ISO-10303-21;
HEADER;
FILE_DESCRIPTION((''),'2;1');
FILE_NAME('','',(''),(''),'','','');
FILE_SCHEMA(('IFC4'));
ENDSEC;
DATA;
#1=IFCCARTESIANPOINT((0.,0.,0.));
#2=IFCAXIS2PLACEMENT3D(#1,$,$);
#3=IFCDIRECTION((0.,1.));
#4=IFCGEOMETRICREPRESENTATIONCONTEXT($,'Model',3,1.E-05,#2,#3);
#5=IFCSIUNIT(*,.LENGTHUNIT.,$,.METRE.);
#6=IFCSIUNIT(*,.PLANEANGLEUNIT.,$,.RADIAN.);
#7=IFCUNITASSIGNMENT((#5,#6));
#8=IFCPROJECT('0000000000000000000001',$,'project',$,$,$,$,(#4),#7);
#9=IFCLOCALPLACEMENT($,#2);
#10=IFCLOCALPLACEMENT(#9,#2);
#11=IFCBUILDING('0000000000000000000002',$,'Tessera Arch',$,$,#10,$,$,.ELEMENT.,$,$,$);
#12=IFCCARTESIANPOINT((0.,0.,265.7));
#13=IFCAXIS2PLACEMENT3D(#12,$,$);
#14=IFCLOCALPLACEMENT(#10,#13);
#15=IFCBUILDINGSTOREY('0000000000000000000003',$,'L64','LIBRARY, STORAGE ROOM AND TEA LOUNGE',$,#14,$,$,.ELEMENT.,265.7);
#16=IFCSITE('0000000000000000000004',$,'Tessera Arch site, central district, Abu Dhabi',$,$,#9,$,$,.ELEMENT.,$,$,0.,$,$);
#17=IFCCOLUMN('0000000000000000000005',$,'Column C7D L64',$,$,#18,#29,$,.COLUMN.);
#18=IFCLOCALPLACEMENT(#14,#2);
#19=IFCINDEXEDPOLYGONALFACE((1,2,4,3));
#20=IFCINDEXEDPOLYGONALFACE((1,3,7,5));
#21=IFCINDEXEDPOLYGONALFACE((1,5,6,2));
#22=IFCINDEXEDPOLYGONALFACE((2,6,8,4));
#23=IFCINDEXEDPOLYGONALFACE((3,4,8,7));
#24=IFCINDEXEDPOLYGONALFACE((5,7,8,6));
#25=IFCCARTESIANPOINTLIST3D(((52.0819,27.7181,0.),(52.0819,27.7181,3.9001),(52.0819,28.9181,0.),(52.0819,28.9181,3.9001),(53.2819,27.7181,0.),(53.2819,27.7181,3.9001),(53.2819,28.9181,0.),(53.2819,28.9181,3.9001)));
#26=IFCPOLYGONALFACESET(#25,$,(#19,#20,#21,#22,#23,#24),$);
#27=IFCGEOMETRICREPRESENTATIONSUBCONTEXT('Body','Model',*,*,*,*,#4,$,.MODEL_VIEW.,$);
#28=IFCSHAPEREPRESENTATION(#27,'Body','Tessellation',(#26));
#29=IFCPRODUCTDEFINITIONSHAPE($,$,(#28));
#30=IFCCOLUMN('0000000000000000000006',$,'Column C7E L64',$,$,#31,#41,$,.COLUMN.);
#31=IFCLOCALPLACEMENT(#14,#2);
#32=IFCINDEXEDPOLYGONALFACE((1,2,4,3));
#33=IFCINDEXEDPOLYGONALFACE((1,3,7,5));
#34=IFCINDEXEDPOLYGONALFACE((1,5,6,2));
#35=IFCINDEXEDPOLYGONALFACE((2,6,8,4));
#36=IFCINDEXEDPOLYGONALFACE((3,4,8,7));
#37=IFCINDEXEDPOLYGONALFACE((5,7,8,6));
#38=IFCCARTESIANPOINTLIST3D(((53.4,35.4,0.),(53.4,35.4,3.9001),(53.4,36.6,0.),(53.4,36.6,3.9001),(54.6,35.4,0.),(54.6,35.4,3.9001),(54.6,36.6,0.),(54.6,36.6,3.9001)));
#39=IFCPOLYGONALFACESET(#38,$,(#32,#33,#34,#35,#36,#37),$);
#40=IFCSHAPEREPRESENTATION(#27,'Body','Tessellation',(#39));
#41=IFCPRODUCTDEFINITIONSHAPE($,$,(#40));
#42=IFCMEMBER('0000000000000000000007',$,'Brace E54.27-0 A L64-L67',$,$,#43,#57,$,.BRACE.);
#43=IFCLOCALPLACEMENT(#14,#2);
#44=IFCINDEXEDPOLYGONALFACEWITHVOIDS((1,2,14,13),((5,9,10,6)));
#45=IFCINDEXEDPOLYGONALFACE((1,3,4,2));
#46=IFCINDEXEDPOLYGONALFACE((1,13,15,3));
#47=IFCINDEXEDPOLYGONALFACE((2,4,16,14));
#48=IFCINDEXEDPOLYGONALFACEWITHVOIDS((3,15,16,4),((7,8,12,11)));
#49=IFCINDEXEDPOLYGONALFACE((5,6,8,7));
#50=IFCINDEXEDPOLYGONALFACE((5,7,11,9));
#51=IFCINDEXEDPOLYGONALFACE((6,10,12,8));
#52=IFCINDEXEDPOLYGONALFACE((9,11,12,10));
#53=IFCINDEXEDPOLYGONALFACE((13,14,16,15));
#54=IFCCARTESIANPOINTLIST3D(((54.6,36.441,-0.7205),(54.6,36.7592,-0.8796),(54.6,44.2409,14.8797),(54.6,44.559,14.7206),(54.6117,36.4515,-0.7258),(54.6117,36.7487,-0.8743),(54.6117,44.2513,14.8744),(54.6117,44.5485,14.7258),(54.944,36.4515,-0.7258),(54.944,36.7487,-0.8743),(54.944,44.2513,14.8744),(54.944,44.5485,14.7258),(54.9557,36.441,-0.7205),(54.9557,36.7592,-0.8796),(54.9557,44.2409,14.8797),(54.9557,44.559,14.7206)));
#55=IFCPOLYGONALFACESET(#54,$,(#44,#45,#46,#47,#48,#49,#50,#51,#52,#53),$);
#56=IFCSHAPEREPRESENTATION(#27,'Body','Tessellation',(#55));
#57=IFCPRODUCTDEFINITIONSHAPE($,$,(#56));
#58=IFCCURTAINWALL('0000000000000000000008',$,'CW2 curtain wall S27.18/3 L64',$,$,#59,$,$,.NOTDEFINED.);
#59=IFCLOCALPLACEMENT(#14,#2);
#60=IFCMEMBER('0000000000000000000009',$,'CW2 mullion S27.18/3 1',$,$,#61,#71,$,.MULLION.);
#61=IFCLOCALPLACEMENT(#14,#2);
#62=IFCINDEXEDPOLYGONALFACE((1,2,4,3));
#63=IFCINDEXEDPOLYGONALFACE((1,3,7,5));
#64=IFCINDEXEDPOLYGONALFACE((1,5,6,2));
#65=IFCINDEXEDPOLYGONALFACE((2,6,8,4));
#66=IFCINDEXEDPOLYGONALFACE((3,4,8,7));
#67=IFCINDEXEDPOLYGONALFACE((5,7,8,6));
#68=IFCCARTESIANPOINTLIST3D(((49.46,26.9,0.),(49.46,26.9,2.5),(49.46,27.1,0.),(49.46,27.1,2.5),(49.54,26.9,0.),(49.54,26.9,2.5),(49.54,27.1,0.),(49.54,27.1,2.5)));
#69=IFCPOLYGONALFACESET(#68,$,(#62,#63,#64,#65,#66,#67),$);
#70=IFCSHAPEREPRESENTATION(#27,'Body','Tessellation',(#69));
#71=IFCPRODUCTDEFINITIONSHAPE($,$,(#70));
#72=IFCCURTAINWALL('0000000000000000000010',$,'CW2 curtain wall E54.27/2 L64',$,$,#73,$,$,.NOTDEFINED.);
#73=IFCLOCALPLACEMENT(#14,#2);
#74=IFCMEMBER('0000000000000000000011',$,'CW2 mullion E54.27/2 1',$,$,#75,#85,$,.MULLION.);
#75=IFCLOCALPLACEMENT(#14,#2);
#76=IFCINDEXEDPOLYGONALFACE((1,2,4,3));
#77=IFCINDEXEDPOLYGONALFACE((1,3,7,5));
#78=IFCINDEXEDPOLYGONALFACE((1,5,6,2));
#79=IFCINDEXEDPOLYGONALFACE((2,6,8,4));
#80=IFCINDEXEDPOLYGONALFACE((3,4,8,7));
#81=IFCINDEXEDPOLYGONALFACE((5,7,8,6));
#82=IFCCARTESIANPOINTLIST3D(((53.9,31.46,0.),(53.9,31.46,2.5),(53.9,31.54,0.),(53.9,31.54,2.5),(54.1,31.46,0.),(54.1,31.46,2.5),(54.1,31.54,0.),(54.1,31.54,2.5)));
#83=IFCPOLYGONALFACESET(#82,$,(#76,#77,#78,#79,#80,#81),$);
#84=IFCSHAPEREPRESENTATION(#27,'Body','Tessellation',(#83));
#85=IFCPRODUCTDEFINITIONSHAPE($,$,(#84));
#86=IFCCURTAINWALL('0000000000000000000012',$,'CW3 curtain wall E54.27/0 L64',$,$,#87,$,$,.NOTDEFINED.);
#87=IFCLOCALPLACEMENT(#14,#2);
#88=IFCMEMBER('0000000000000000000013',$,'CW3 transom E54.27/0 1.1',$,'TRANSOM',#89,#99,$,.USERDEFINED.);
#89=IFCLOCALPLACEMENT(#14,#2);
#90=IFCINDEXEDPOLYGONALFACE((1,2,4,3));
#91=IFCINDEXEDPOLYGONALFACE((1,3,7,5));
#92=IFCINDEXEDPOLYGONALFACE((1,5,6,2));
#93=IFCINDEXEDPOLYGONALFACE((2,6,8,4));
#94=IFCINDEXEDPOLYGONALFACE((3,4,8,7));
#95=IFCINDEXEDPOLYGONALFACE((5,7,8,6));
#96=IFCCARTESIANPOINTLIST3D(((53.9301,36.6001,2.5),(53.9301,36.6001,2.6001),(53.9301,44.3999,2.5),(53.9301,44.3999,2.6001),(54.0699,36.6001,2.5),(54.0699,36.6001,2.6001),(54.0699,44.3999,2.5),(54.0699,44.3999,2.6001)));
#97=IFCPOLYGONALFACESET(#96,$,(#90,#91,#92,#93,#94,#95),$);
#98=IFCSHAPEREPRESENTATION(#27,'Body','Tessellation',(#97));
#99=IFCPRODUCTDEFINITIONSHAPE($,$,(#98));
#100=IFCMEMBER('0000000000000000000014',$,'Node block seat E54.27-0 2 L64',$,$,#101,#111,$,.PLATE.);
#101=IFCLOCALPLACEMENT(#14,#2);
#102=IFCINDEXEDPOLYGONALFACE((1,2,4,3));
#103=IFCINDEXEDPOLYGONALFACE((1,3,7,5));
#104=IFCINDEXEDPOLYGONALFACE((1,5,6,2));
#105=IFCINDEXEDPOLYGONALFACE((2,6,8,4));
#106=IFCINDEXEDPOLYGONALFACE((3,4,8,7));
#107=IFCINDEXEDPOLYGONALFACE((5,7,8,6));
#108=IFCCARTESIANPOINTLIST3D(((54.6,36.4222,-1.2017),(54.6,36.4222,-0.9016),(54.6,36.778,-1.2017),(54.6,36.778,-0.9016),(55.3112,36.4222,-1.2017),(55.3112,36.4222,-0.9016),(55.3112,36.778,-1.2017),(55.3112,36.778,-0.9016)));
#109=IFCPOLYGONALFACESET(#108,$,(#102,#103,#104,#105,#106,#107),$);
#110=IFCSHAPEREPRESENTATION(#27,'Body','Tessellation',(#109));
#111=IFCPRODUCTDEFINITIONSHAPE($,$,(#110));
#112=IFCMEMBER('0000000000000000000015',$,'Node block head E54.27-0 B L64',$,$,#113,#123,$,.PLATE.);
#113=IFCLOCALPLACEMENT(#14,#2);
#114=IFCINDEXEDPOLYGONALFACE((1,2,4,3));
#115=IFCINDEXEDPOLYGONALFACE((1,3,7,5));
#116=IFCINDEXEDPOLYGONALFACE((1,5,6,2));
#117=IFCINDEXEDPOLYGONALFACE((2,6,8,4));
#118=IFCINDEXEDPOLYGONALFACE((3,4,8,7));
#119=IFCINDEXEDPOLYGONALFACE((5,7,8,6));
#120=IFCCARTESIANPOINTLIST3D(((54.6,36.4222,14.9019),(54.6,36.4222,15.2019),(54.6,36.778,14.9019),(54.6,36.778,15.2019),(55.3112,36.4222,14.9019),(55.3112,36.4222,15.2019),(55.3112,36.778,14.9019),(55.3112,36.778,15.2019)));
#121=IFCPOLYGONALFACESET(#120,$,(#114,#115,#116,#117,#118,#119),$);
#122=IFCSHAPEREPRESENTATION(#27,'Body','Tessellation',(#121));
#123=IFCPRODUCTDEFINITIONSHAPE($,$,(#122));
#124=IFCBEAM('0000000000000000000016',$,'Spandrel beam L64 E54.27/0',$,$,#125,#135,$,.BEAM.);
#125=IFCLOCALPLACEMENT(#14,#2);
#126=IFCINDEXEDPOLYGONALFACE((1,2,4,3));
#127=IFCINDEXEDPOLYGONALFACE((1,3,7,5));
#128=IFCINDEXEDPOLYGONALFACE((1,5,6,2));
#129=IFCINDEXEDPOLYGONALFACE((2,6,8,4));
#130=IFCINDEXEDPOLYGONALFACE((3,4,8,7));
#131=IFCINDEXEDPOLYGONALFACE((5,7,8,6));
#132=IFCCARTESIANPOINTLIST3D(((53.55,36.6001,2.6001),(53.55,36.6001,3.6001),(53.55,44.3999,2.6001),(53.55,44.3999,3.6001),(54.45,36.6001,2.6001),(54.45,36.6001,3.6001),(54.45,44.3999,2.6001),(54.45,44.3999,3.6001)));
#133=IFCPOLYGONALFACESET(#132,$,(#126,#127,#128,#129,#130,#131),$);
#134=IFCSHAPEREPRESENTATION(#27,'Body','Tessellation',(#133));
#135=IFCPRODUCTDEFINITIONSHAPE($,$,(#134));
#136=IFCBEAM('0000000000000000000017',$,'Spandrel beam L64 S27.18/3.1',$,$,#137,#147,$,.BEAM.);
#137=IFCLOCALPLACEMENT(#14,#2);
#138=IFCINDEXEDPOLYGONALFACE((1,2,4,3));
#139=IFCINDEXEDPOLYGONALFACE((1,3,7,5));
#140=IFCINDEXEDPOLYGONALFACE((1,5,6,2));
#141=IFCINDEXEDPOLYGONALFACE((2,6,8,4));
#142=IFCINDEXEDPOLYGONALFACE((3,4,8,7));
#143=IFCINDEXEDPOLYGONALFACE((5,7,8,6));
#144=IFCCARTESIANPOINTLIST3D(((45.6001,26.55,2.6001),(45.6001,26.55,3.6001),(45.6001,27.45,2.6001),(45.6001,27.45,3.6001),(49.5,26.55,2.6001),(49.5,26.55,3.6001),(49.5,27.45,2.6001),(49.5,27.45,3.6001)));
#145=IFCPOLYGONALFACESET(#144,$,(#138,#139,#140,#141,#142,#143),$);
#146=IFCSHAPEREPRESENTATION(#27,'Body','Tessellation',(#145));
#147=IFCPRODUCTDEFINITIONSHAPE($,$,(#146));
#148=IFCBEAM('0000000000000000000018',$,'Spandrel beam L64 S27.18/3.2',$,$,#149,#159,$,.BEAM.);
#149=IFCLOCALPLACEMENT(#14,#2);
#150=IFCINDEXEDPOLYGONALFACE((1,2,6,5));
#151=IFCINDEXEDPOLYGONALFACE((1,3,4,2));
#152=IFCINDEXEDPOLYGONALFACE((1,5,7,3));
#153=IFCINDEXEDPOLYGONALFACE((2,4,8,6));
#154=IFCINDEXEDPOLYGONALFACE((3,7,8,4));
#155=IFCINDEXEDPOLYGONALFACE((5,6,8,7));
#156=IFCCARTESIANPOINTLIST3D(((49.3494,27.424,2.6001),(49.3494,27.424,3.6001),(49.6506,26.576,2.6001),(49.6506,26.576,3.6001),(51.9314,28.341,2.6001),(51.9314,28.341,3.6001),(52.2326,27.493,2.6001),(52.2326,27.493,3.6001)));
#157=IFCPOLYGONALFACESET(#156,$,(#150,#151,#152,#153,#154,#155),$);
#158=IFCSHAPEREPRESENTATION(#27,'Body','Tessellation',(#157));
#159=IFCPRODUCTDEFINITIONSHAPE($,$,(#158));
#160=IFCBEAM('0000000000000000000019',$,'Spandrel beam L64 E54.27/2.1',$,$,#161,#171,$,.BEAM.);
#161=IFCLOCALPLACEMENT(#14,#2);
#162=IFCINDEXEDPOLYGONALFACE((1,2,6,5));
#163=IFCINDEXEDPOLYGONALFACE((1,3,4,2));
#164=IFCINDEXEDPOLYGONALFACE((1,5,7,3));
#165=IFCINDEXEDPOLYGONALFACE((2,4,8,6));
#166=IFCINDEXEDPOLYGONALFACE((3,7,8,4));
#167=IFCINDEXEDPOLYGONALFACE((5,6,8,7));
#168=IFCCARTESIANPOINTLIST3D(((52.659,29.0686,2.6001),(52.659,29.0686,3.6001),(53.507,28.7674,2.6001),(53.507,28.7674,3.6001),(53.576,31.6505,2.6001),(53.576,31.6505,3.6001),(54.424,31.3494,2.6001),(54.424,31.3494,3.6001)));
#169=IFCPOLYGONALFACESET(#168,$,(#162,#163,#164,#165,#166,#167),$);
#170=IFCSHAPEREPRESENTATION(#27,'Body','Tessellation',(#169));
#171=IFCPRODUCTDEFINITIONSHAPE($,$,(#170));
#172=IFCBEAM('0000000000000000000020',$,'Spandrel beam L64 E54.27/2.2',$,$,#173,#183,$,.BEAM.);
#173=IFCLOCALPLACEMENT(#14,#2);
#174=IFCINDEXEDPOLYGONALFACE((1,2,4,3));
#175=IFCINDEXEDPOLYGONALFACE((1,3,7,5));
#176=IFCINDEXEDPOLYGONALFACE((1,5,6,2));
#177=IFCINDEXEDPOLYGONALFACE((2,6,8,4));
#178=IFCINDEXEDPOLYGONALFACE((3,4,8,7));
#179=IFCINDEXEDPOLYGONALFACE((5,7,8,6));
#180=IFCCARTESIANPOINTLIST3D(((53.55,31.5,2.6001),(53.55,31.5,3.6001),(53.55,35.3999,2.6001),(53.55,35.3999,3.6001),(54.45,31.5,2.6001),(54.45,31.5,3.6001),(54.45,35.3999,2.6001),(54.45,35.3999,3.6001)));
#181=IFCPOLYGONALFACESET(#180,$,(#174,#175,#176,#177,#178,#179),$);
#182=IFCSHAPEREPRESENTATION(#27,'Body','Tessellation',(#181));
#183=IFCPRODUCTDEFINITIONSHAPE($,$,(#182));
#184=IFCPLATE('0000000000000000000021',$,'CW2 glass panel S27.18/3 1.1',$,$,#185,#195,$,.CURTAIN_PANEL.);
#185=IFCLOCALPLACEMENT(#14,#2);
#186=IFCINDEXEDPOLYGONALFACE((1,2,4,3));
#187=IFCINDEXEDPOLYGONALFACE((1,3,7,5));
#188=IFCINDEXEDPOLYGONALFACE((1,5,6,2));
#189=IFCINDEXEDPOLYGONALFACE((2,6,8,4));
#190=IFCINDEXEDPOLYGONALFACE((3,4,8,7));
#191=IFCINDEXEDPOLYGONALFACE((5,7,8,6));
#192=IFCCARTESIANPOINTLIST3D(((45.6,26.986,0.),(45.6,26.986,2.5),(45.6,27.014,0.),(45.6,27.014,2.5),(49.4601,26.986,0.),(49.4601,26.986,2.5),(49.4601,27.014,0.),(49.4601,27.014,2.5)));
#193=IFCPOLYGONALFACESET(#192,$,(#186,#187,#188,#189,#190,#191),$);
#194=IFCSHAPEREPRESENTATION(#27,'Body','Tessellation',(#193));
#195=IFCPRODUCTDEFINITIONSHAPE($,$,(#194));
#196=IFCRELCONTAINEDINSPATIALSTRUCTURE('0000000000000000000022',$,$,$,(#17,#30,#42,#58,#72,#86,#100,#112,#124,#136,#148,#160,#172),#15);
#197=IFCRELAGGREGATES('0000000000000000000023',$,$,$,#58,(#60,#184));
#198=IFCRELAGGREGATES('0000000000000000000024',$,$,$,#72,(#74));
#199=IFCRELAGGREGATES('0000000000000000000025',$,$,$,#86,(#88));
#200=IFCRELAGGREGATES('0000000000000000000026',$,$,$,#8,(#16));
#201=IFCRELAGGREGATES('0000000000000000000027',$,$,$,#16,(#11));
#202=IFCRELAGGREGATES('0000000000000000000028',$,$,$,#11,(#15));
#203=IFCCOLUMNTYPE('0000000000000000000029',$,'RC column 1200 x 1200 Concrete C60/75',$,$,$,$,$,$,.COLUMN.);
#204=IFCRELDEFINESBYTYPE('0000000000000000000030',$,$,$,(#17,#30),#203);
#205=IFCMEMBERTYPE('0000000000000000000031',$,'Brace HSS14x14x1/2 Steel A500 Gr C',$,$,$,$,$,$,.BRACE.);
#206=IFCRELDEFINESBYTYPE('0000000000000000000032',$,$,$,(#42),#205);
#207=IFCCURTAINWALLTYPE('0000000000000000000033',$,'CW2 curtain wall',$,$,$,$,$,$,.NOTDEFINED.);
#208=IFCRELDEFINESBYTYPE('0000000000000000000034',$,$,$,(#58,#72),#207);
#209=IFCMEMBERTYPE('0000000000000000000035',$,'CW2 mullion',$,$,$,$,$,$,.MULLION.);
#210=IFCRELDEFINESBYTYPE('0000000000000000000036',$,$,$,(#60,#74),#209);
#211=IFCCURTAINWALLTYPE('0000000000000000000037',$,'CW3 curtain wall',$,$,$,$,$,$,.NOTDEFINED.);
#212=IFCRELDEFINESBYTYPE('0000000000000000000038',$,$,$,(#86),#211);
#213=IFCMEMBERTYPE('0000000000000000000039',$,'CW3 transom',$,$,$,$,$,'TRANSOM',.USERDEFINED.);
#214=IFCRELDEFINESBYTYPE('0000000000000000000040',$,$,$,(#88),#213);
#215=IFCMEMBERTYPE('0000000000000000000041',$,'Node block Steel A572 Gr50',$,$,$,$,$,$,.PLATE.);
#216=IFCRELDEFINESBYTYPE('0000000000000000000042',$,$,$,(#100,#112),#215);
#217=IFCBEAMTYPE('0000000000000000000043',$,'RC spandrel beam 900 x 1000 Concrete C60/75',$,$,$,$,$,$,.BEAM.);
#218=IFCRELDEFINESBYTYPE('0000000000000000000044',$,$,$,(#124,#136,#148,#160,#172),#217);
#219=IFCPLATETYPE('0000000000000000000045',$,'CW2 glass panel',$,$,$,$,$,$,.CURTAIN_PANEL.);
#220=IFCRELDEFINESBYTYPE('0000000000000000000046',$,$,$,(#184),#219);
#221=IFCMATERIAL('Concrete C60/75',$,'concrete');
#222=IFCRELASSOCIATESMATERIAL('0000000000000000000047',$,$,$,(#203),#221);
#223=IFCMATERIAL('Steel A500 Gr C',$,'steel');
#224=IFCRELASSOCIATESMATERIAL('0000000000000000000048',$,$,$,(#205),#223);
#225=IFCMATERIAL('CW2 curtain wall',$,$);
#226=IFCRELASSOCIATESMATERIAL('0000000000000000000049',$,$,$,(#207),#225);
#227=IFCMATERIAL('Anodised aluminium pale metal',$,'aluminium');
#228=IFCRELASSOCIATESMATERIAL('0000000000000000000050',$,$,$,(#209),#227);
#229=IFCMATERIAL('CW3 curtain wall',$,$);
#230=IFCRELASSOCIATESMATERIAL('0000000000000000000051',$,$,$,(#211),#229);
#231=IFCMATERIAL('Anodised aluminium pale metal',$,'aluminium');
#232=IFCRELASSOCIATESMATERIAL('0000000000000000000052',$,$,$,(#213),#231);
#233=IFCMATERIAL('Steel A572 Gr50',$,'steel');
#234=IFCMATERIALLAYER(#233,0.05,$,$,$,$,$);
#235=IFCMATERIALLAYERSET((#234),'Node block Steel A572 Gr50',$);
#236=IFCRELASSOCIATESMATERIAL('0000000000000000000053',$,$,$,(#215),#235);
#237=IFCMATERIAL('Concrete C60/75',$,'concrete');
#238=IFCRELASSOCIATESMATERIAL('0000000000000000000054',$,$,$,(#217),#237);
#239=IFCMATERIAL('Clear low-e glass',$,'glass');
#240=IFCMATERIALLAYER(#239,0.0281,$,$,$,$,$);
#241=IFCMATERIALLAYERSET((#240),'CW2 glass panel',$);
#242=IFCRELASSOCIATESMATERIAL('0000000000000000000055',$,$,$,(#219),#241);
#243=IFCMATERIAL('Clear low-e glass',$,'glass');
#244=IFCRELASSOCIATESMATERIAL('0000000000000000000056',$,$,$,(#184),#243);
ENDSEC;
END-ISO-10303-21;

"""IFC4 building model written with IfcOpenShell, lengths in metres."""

from ifc_helpers import new_model, si_unit, direction, frame, origin, origin_2d, place, context, subcontext, project, spatial, rectangle, hollow_rectangle, extrude, material, layer, layer_set, material_profile, profile_set, type_object, element, aggregate, save


model = new_model("IFC4")

# Units and contexts
model_context = context("Model", 3, precision=1e-05, world=origin(), true_north=direction((0.0, 1.0)))
body_context = subcontext(model_context, "Body", "Model", "MODEL_VIEW")
ifc_project = project(units=[si_unit("LENGTHUNIT", "METRE"), si_unit("PLANEANGLEUNIT", "RADIAN")], contexts=[model_context])

# Site, building, storey
site_placement = place(None, origin())
site = spatial("IfcSite", under=ifc_project, at=site_placement, Name="Tessera Arch site, central district, Abu Dhabi", CompositionType="ELEMENT", RefElevation=0.0)
building_placement = place(site_placement, origin())
building = spatial("IfcBuilding", under=site, at=building_placement, Name="Tessera Arch", CompositionType="ELEMENT")
storey_placement = place(building_placement, frame((0.0, 0.0, 265.7)))
storey = spatial("IfcBuildingStorey", under=building, at=storey_placement, Name="L64", Description="LIBRARY, STORAGE ROOM AND TEA LOUNGE", CompositionType="ELEMENT", Elevation=265.7)

# Columns
ifc_material_1 = material(Name="Concrete C60/75", Category="concrete")
ifc_material_profile_1 = material_profile(ifc_material_1, rectangle(XDim=1.2, YDim=1.2, at=origin_2d()), Name="RC column 1200 x 1200 Concrete C60/75")
ifc_profile_set_1 = profile_set([ifc_material_profile_1], Name="Concrete C60/75")
column_type = type_object("IfcColumnType", Name="RC column 1200 x 1200 Concrete C60/75", PredefinedType="COLUMN", material=ifc_profile_set_1)
for number, where, z_axis, x_axis, name in (
    (1, (52.6819, 28.3181, 0.0), (0.0, 0.0, 1.0), (1.0, 0.0, 0.0), "Column C7D L64"),
    (2, (54.0, 36.0, 0.0), (0.0, 0.0, 1.0), (1.0, 0.0, 0.0), "Column C7E L64"),
):
    element("IfcColumn", number, at=place(storey_placement, frame(where, z_axis=z_axis, x_axis=x_axis)), inside=storey, type_object=column_type, Name=name, PredefinedType="COLUMN", context=body_context, shape_type="SweptSolid", body=[
        extrude(rectangle(XDim=1.2, YDim=1.2, at=origin_2d()), origin(), (0.0, 0.0, 1.0), 3.9001),
    ])

# Member
ifc_material_2 = material(Name="Steel A500 Gr C", Category="steel")
ifc_material_profile_2 = material_profile(ifc_material_2, hollow_rectangle(XDim=0.3557, YDim=0.3557, WallThickness=0.0117, at=origin_2d()), Name="HSS14x14x1/2")
ifc_profile_set_2 = profile_set([ifc_material_profile_2], Name="Steel A500 Gr C")
member_type_1 = type_object("IfcMemberType", Name="Brace HSS14x14x1/2 Steel A500 Gr C", PredefinedType="BRACE", material=ifc_profile_set_2)
member_1_placement = place(storey_placement, frame((54.7778, 36.6001, -0.8), z_axis=(0.0, 0.447202, 0.894433), x_axis=(-1.0, 0.0, 0.0)))
element("IfcMember", 3, at=member_1_placement, inside=storey, type_object=member_type_1, Name="Brace E54.27-0 A L64-L67", PredefinedType="BRACE", context=body_context, shape_type="SweptSolid", body=[
    extrude(hollow_rectangle(XDim=0.3557, YDim=0.3557, WallThickness=0.0117, at=origin_2d()), origin(), (0.0, 0.0, 1.0), 17.4414),
])

# Curtain walls, members
ifc_material_3 = material(Name="CW2 curtain wall")
curtain_wall_type_1 = type_object("IfcCurtainWallType", Name="CW2 curtain wall", PredefinedType="NOTDEFINED", material=ifc_material_3)
curtain_wall_1_placement = place(storey_placement, origin())
curtain_wall_1 = element("IfcCurtainWall", 4, at=curtain_wall_1_placement, inside=storey, type_object=curtain_wall_type_1, Name="CW2 curtain wall S27.18/3 L64", PredefinedType="NOTDEFINED")
ifc_material_4 = material(Name="Anodised aluminium pale metal", Category="aluminium")
ifc_material_profile_3 = material_profile(ifc_material_4, rectangle(XDim=0.2, YDim=0.0801, at=origin_2d()), Name="AL 80x200")
ifc_profile_set_3 = profile_set([ifc_material_profile_3], Name="Anodised aluminium pale metal")
member_type_2 = type_object("IfcMemberType", Name="CW2 mullion", PredefinedType="MULLION", material=ifc_profile_set_3)
member_2_placement = place(storey_placement, frame((49.5, 27.0, 0.0), z_axis=(0.0, 0.0, 1.0), x_axis=(0.0, 1.0, 0.0)))
member_2 = element("IfcMember", 5, at=member_2_placement, type_object=member_type_2, Name="CW2 mullion S27.18/3 1", PredefinedType="MULLION", context=body_context, shape_type="SweptSolid", body=[
    extrude(rectangle(XDim=0.2, YDim=0.0801, at=origin_2d()), origin(), (0.0, 0.0, 1.0), 2.5),
])
curtain_wall_2_placement = place(storey_placement, origin())
curtain_wall_2 = element("IfcCurtainWall", 6, at=curtain_wall_2_placement, inside=storey, type_object=curtain_wall_type_1, Name="CW2 curtain wall E54.27/2 L64", PredefinedType="NOTDEFINED")
member_3_placement = place(storey_placement, frame((54.0, 31.5, 0.0), z_axis=(0.0, 0.0, 1.0), x_axis=(-1.0, 0.0, 0.0)))
member_3 = element("IfcMember", 7, at=member_3_placement, type_object=member_type_2, Name="CW2 mullion E54.27/2 1", PredefinedType="MULLION", context=body_context, shape_type="SweptSolid", body=[
    extrude(rectangle(XDim=0.2, YDim=0.0801, at=origin_2d()), origin(), (0.0, 0.0, 1.0), 2.5),
])
ifc_material_5 = material(Name="CW3 curtain wall")
curtain_wall_type_2 = type_object("IfcCurtainWallType", Name="CW3 curtain wall", PredefinedType="NOTDEFINED", material=ifc_material_5)
curtain_wall_3_placement = place(storey_placement, origin())
curtain_wall_3 = element("IfcCurtainWall", 8, at=curtain_wall_3_placement, inside=storey, type_object=curtain_wall_type_2, Name="CW3 curtain wall E54.27/0 L64", PredefinedType="NOTDEFINED")
ifc_material_6 = material(Name="Anodised aluminium pale metal", Category="aluminium")
ifc_material_profile_4 = material_profile(ifc_material_6, rectangle(XDim=0.1399, YDim=0.1001, at=origin_2d()), Name="AL 140x100")
ifc_profile_set_4 = profile_set([ifc_material_profile_4], Name="Anodised aluminium pale metal")
member_type_3 = type_object("IfcMemberType", Name="CW3 transom", ElementType="TRANSOM", PredefinedType="USERDEFINED", material=ifc_profile_set_4)
member_4_placement = place(storey_placement, frame((54.0, 36.6001, 2.55), z_axis=(0.0, 1.0, 0.0), x_axis=(-1.0, 0.0, 0.0)))
member_4 = element("IfcMember", 9, at=member_4_placement, type_object=member_type_3, Name="CW3 transom E54.27/0 1.1", ObjectType="TRANSOM", PredefinedType="USERDEFINED", context=body_context, shape_type="SweptSolid", body=[
    extrude(rectangle(XDim=0.1399, YDim=0.1001, at=origin_2d()), origin(), (0.0, 0.0, 1.0), 7.7998),
])

# Members
ifc_material_7 = material(Name="Steel A572 Gr50", Category="steel")
ifc_layer_1 = layer(ifc_material_7, 0.05)
ifc_layer_set_1 = layer_set([ifc_layer_1], Name="Node block Steel A572 Gr50")
member_type_4 = type_object("IfcMemberType", Name="Node block Steel A572 Gr50", PredefinedType="PLATE", material=ifc_layer_set_1)
for number, where, z_axis, x_axis, name in (
    (10, (54.9556, 36.6001, -1.2017), (0.0, 0.0, 1.0), (0.0, 1.0, 0.0), "Node block seat E54.27-0 2 L64"),
    (11, (54.9556, 36.6001, 14.9019), (0.0, 0.0, 1.0), (0.0, 1.0, 0.0), "Node block head E54.27-0 B L64"),
):
    element("IfcMember", number, at=place(storey_placement, frame(where, z_axis=z_axis, x_axis=x_axis)), inside=storey, type_object=member_type_4, Name=name, PredefinedType="PLATE", context=body_context, shape_type="SweptSolid", body=[
        extrude(rectangle(XDim=0.3557, YDim=0.7112, at=origin_2d()), origin(), (0.0, 0.0, 1.0), 0.3),
    ])

# Beams
ifc_material_8 = material(Name="Concrete C60/75", Category="concrete")
ifc_material_profile_5 = material_profile(ifc_material_8, rectangle(XDim=0.8999, YDim=1.0, at=origin_2d()), Name="RC spandrel beam 900 x 1000 Concrete C60/75")
ifc_profile_set_5 = profile_set([ifc_material_profile_5], Name="Concrete C60/75")
beam_type = type_object("IfcBeamType", Name="RC spandrel beam 900 x 1000 Concrete C60/75", PredefinedType="BEAM", material=ifc_profile_set_5)
beam_1_placement = place(storey_placement, frame((54.0, 36.6001, 3.1001), z_axis=(0.0, 1.0, 0.0), x_axis=(-1.0, 0.0, 0.0)))
element("IfcBeam", 12, at=beam_1_placement, inside=storey, type_object=beam_type, Name="Spandrel beam L64 E54.27/0", PredefinedType="BEAM", context=body_context, shape_type="SweptSolid", body=[
    extrude(rectangle(XDim=0.8999, YDim=1.0, at=origin_2d()), origin(), (0.0, 0.0, 1.0), 7.7998),
])
beam_2_placement = place(storey_placement, frame((45.6001, 27.0, 3.1001), z_axis=(1.0, 0.0, 0.0), x_axis=(0.0, 1.0, 0.0)))
element("IfcBeam", 13, at=beam_2_placement, inside=storey, type_object=beam_type, Name="Spandrel beam L64 S27.18/3.1", PredefinedType="BEAM", context=body_context, shape_type="SweptSolid", body=[
    extrude(rectangle(XDim=0.8999, YDim=1.0, at=origin_2d()), origin(), (0.0, 0.0, 1.0), 3.8999),
])
for number, where, z_axis, x_axis, name in (
    (14, (49.5, 27.0, 3.1001), (0.942337, 0.334665, 0.0), (-0.334665, 0.942337, 0.0), "Spandrel beam L64 S27.18/3.2"),
    (15, (53.083, 28.918, 3.1001), (0.334665, 0.942337, 0.0), (-0.942337, 0.334665, 0.0), "Spandrel beam L64 E54.27/2.1"),
):
    element("IfcBeam", number, at=place(storey_placement, frame(where, z_axis=z_axis, x_axis=x_axis)), inside=storey, type_object=beam_type, Name=name, PredefinedType="BEAM", context=body_context, shape_type="SweptSolid", body=[
        extrude(rectangle(XDim=0.8999, YDim=1.0, at=origin_2d()), origin(), (0.0, 0.0, 1.0), 2.74),
    ])
beam_3_placement = place(storey_placement, frame((54.0, 31.5, 3.1001), z_axis=(0.0, 1.0, 0.0), x_axis=(-1.0, 0.0, 0.0)))
element("IfcBeam", 16, at=beam_3_placement, inside=storey, type_object=beam_type, Name="Spandrel beam L64 E54.27/2.2", PredefinedType="BEAM", context=body_context, shape_type="SweptSolid", body=[
    extrude(rectangle(XDim=0.8999, YDim=1.0, at=origin_2d()), origin(), (0.0, 0.0, 1.0), 3.8999),
])

# Plate
ifc_material_9 = material(Name="Clear low-e glass", Category="glass")
ifc_material_10 = material(Name="Clear low-e glass", Category="glass")
ifc_layer_2 = layer(ifc_material_10, 0.0281)
ifc_layer_set_2 = layer_set([ifc_layer_2], Name="CW2 glass panel")
plate_type_1 = type_object("IfcPlateType", Name="CW2 glass panel", PredefinedType="CURTAIN_PANEL", material=ifc_layer_set_2)
plate_1_placement = place(storey_placement, frame((47.53, 27.0, 0.0), z_axis=(0.0, 0.0, 1.0), x_axis=(1.0, 0.0, 0.0)))
plate_1 = element("IfcPlate", 17, at=plate_1_placement, type_object=plate_type_1, material=ifc_material_9, Name="CW2 glass panel S27.18/3 1.1", PredefinedType="CURTAIN_PANEL", context=body_context, shape_type="SweptSolid", body=[
    extrude(rectangle(XDim=3.8601, YDim=0.0281, at=origin_2d()), origin(), (0.0, 0.0, 1.0), 2.5),
])
aggregate(curtain_wall_1, [member_2, plate_1])
aggregate(curtain_wall_2, [member_3])
aggregate(curtain_wall_3, [member_4])

save(model, "model.ifc")
